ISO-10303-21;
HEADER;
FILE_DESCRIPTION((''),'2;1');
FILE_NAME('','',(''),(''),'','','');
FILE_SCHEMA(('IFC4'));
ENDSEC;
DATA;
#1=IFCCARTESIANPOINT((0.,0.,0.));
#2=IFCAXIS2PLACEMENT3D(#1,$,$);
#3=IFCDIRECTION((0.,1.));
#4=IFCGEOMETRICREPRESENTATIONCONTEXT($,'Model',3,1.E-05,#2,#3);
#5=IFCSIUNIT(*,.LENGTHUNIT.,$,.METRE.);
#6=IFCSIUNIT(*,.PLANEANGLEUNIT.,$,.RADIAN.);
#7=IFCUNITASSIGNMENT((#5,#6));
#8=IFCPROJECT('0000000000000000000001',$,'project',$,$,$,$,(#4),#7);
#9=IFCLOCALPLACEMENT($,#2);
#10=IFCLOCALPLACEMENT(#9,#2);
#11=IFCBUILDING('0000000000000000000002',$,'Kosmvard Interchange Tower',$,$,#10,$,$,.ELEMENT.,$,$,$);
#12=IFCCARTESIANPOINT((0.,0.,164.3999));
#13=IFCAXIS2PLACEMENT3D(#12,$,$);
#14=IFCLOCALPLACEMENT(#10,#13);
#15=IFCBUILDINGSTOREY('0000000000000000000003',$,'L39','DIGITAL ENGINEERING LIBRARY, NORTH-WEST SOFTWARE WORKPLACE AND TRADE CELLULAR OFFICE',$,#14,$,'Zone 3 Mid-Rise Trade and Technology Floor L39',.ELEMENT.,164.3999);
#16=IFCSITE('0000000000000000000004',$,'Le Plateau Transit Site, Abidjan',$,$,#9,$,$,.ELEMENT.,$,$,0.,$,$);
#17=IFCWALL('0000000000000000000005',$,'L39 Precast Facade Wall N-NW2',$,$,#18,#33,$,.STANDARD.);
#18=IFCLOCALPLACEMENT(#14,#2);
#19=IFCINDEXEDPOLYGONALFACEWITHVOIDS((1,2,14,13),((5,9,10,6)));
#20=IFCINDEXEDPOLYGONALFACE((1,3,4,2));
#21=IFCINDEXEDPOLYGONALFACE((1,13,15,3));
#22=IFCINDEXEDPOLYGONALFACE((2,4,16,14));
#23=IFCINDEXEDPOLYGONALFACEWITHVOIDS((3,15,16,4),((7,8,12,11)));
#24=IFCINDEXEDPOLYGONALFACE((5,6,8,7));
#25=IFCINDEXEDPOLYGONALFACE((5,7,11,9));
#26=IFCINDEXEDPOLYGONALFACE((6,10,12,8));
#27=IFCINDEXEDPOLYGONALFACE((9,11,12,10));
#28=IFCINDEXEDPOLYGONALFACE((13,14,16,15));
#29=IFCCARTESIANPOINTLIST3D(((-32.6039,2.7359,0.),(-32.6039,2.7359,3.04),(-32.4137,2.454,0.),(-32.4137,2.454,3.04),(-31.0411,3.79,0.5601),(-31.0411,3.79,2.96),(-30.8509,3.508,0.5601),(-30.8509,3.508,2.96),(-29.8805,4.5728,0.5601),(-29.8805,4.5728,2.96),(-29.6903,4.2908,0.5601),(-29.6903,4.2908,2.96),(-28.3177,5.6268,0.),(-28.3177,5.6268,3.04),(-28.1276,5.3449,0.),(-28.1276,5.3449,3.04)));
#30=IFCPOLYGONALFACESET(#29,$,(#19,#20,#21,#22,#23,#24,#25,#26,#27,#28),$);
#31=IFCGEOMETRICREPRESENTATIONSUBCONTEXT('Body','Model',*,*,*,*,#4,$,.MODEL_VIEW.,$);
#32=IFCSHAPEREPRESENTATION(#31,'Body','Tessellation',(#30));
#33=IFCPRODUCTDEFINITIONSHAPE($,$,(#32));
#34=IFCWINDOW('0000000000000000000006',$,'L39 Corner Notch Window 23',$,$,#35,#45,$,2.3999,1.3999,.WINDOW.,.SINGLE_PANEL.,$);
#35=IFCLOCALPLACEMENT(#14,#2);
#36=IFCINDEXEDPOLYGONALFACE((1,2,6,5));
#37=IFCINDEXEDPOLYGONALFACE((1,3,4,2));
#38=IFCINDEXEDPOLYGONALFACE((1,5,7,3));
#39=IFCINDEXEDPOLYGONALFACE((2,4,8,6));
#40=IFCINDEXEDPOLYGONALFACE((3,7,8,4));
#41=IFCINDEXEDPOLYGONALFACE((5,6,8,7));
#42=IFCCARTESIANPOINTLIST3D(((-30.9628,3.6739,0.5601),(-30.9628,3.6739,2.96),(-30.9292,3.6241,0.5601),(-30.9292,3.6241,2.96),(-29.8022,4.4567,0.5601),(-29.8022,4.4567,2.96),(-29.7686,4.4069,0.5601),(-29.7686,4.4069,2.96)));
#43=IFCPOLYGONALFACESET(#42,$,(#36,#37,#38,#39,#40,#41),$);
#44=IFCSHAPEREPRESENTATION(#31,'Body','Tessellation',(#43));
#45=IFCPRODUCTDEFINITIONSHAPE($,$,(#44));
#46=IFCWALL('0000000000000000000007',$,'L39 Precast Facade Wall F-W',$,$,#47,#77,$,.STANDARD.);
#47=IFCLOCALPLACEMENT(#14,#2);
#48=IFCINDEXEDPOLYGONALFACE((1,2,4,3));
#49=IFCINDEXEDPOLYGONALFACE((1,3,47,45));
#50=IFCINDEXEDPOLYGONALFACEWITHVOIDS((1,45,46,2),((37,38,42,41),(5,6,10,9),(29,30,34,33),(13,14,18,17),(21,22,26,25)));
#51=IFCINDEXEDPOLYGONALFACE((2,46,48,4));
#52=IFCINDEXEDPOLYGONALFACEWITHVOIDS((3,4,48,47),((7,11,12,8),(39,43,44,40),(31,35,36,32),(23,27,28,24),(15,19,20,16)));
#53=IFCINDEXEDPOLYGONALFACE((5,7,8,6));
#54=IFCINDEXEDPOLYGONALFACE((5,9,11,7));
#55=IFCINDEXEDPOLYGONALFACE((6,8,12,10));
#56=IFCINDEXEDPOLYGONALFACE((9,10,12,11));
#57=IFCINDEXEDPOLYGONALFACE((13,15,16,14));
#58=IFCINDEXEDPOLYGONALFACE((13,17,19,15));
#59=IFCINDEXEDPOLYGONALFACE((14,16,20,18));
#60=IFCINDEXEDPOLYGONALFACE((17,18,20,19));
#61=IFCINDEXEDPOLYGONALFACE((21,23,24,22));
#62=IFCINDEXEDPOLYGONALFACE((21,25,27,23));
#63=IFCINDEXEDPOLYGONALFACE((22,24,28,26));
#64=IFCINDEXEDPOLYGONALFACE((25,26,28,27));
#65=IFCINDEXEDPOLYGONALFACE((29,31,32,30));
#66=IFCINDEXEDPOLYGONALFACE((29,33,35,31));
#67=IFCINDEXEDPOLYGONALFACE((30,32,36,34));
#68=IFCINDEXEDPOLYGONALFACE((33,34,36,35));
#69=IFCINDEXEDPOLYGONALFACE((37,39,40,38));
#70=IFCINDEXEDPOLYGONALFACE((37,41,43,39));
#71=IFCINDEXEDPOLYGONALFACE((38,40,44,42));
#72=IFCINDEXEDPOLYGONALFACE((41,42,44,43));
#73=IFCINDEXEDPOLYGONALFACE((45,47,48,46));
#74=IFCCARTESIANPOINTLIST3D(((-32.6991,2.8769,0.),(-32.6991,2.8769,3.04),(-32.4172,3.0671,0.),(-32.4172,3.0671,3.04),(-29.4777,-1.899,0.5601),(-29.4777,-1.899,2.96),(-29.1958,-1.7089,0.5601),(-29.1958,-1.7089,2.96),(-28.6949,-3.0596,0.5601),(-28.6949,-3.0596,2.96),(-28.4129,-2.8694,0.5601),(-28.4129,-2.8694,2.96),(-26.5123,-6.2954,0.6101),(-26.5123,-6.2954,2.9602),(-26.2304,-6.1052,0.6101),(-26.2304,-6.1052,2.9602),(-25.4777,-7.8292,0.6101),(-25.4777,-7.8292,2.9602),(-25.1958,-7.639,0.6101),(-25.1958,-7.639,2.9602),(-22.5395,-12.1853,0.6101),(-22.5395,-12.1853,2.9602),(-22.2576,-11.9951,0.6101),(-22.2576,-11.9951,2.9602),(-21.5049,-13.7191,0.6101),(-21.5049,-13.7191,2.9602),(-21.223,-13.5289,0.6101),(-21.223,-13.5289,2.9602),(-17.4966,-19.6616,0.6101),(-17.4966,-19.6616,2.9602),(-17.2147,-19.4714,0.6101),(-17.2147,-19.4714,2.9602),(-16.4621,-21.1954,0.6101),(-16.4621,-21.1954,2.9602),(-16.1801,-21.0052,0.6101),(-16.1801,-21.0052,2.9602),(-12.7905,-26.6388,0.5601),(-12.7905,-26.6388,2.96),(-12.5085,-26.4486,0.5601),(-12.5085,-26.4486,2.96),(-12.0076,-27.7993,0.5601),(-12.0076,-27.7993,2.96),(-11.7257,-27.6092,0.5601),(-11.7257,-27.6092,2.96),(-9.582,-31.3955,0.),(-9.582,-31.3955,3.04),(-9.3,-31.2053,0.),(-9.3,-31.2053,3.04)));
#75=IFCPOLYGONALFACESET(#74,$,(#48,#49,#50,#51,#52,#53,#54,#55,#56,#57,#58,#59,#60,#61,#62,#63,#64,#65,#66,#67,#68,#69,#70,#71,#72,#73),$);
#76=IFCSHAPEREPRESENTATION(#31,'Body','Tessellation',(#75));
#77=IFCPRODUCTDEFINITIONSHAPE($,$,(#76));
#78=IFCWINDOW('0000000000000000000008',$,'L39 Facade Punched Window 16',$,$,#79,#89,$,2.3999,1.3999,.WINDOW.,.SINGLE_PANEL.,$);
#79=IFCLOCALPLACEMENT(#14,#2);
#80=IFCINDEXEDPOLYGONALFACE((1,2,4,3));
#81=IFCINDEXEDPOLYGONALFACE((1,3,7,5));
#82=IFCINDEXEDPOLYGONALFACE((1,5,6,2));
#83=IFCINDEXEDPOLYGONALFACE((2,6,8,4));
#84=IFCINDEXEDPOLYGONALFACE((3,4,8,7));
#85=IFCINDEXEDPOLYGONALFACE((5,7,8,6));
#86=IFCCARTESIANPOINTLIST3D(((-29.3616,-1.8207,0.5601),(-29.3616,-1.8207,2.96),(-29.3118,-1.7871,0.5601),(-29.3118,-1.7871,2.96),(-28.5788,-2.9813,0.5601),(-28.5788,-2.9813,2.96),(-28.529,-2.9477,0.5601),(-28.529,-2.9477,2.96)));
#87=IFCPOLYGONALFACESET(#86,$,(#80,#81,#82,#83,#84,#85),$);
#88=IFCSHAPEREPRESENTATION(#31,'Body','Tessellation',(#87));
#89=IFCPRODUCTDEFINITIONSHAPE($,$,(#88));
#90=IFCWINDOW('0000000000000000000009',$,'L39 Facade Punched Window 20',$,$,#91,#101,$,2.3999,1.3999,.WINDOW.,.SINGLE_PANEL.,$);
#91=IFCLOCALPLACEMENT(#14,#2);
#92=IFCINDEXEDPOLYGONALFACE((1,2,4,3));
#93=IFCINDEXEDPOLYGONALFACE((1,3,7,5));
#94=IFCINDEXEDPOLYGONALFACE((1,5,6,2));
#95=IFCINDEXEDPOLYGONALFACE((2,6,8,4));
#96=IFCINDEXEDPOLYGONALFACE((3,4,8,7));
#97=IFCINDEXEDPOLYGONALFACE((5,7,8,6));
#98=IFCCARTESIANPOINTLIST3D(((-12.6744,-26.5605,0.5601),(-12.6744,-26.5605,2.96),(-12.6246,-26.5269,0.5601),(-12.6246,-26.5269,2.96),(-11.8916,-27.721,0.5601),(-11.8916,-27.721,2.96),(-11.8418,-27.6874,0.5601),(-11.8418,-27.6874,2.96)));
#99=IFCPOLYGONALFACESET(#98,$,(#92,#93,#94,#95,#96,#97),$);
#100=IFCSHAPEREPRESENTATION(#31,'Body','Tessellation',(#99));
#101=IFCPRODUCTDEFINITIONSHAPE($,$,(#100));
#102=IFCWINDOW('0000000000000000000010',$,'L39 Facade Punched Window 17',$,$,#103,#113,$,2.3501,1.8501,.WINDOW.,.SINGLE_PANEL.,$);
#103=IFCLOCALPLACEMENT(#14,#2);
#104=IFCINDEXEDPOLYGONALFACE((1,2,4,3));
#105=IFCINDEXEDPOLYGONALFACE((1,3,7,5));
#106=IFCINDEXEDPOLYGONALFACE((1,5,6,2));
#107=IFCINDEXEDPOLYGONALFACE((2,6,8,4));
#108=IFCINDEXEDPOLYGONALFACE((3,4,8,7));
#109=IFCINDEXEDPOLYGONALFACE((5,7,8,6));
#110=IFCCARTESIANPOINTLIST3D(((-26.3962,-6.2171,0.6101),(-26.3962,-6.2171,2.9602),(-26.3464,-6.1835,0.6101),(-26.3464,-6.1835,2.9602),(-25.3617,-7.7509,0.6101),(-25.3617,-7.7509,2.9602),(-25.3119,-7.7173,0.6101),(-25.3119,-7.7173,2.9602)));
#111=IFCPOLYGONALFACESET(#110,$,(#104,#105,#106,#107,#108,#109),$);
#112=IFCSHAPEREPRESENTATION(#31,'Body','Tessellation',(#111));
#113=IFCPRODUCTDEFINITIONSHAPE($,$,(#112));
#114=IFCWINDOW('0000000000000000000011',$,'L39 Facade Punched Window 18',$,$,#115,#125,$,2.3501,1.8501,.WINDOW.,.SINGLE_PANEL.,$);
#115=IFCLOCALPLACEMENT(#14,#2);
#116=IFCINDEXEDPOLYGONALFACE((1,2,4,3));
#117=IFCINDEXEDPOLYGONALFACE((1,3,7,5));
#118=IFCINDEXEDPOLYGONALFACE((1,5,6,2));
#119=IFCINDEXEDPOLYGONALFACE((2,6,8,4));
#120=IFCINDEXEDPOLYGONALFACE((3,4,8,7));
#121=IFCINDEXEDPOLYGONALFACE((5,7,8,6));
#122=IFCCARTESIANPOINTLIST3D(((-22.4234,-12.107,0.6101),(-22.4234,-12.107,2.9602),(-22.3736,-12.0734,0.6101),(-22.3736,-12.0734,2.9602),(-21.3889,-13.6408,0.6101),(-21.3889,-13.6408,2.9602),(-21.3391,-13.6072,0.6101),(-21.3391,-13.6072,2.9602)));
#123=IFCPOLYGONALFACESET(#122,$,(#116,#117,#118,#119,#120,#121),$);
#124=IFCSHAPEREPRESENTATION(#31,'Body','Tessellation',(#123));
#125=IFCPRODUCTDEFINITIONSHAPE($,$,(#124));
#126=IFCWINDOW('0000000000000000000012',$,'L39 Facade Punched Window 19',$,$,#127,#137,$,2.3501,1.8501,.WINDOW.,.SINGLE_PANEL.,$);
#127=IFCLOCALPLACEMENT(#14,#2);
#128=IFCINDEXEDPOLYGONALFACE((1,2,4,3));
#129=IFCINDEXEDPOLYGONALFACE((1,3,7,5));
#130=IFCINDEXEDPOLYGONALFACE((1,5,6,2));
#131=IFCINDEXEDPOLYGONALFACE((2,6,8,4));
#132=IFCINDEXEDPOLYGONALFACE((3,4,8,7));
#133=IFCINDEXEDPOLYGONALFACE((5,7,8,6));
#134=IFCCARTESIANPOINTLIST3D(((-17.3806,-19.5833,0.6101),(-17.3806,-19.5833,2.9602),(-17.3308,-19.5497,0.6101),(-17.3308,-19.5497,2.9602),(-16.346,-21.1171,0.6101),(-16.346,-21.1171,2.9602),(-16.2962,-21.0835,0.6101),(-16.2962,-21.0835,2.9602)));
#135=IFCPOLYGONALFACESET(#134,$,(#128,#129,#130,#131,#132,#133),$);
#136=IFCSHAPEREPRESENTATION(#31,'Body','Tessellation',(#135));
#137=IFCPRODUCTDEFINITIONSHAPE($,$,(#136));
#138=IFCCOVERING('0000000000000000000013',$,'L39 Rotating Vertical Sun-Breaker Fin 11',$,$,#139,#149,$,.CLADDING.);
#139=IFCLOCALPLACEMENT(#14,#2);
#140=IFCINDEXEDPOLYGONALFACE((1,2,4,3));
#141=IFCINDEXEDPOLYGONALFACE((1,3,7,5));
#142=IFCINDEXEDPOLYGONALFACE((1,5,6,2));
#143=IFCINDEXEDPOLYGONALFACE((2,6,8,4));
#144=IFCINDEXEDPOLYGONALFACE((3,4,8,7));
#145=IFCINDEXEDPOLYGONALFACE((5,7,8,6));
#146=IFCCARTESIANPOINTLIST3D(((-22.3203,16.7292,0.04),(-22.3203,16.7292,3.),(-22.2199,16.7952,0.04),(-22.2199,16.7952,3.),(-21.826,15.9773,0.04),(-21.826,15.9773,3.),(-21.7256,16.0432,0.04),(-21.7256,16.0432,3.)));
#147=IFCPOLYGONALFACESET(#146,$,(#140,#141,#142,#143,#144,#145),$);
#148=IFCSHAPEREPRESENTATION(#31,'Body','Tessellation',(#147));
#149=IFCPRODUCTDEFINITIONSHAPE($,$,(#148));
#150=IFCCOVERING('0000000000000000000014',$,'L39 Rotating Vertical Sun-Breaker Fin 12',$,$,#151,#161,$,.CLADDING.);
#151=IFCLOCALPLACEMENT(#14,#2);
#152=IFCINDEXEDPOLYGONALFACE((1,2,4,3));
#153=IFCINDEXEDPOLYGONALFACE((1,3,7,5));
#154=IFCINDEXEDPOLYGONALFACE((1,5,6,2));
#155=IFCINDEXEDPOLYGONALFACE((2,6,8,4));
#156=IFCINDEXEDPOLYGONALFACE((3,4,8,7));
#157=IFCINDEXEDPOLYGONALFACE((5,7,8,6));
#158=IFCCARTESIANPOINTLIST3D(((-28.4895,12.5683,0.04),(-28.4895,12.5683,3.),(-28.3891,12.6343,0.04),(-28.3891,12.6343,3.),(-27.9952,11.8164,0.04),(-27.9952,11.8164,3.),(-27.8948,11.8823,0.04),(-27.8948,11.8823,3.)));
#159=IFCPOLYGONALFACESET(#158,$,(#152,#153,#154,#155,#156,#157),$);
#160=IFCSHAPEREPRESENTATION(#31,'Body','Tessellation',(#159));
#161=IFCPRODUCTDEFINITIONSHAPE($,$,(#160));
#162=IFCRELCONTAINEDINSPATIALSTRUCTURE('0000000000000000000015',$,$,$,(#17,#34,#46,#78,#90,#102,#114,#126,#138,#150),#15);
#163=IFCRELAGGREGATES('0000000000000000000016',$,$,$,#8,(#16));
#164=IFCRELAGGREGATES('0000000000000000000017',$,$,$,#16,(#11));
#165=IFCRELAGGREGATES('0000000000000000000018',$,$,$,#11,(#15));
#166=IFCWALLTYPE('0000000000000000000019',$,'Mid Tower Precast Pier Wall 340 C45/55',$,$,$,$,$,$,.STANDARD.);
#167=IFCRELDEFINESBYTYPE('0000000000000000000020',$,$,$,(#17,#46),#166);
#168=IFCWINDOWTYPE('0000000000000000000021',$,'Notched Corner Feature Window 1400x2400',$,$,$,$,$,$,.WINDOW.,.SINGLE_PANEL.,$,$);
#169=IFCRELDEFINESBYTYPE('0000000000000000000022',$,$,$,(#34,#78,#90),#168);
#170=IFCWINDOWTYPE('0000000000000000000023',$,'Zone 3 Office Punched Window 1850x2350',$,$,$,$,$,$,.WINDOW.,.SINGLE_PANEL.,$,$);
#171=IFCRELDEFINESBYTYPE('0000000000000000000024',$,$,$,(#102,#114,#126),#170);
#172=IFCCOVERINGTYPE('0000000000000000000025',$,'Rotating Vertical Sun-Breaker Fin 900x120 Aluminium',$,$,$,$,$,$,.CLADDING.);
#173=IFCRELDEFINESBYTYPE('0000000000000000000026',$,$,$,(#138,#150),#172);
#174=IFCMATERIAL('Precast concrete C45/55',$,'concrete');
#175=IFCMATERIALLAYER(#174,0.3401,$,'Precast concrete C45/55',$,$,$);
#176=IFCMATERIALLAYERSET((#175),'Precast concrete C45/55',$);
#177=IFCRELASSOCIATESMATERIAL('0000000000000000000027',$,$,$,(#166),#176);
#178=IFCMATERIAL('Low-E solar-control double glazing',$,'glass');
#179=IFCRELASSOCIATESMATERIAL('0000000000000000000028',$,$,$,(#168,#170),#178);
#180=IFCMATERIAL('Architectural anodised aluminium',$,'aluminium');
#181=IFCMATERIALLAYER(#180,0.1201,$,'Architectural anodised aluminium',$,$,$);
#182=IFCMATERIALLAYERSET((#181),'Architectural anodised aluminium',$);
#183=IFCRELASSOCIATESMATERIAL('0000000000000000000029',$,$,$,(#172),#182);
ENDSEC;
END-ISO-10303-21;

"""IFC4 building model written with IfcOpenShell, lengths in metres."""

from ifc_helpers import new_model, si_unit, direction, frame, frame_2d, origin, origin_2d, place, context, subcontext, project, spatial, rectangle, extrude, source, transform, mapped, material, layer, layer_set, type_object, element, fill, save


model = new_model("IFC4")

# Units and contexts
model_context = context("Model", 3, precision=1e-05, world=origin(), true_north=direction((0.0, 1.0)))
body_context = subcontext(model_context, "Body", "Model", "MODEL_VIEW")
ifc_project = project(units=[si_unit("LENGTHUNIT", "METRE"), si_unit("PLANEANGLEUNIT", "RADIAN")], contexts=[model_context])

# Site, building, storey
site_placement = place(None, origin())
site = spatial("IfcSite", under=ifc_project, at=site_placement, Name="Le Plateau Transit Site, Abidjan", CompositionType="ELEMENT", RefElevation=0.0)
building_placement = place(site_placement, origin())
building = spatial("IfcBuilding", under=site, at=building_placement, Name="Kosmvard Interchange Tower", CompositionType="ELEMENT")
storey_placement = place(building_placement, frame((0.0, 0.0, 164.3999)))
storey = spatial("IfcBuildingStorey", under=building, at=storey_placement, Name="L39", Description="DIGITAL ENGINEERING LIBRARY, NORTH-WEST SOFTWARE WORKPLACE AND TRADE CELLULAR OFFICE", LongName="Zone 3 Mid-Rise Trade and Technology Floor L39", CompositionType="ELEMENT", Elevation=164.3999)

# Shared definitions
ifc_material_1 = material(Name="Precast concrete C45/55", Category="concrete")

# Shared definitions
ifc_layer_1 = layer(ifc_material_1, 0.3401, Name="Precast concrete C45/55")
ifc_layer_set_1 = layer_set([ifc_layer_1], Name="Precast concrete C45/55")
wall_type_1 = type_object("IfcWallType", Name="Mid Tower Precast Pier Wall 340 C45/55", PredefinedType="STANDARD", material=ifc_layer_set_1)

# Wall, opening, window
wall_1_placement = place(storey_placement, frame((-28.2227, 5.4858, 0.0), z_axis=(0.0, 0.0, 1.0), x_axis=(-0.829052, -0.559171, 0.0)))
wall_1 = element("IfcWall", 1, at=wall_1_placement, inside=storey, type_object=wall_type_1, Name="L39 Precast Facade Wall N-NW2", PredefinedType="STANDARD", context=body_context, shape_type="SweptSolid", body=[
    extrude(rectangle(XDim=5.1699, YDim=0.3401, at=frame_2d((2.585, 0.0))), origin(), (0.0, 0.0, 1.0), 3.04),
])
opening_1_placement = place(wall_1_placement, frame((1.885, 0.0, 0.5601)))
opening_1 = element("IfcOpeningElement", 2, at=opening_1_placement, cuts=wall_1, PredefinedType="OPENING", context=body_context, shape_type="SweptSolid", body=[
    extrude(rectangle(XDim=1.3999, YDim=2.3999, at=frame_2d((0.7, 1.2))), frame((0.0, 0.1802, 0.0), z_axis=(0.0, -1.0, 0.0), x_axis=(1.0, 0.0, 0.0)), (0.0, 0.0, 1.0), 0.3601),
])
ifc_material_2 = material(Name="Low-E solar-control double glazing", Category="glass")
window_type_1 = type_object("IfcWindowType", Name="Notched Corner Feature Window 1400x2400", PartitioningType="SINGLE_PANEL", PredefinedType="WINDOW", material=ifc_material_2)
shared_shape_1 = source(origin(), body_context, "Body", "SweptSolid", [
    extrude(rectangle(XDim=1.3999, YDim=2.3999, at=frame_2d((0.7, 1.2))), frame((0.0, 0.03, 0.0), z_axis=(0.0, -1.0, 0.0), x_axis=(1.0, 0.0, 0.0)), (0.0, 0.0, 1.0), 0.0601),
])
window_1_placement = place(opening_1_placement, origin())
window_1 = element("IfcWindow", 3, at=window_1_placement, inside=storey, type_object=window_type_1, Name="L39 Corner Notch Window 23", OverallHeight=2.3999, OverallWidth=1.3999, PartitioningType="SINGLE_PANEL", PredefinedType="WINDOW", context=body_context, shape_type="MappedRepresentation", body=[
    mapped(shared_shape_1, transform((0.0, 0.0, 0.0), scale=1.0)),
])
fill(opening_1, window_1)

# Wall, openings, windows
wall_2_placement = place(storey_placement, frame((-32.5581, 2.9719, 0.0), z_axis=(0.0, 0.0, 1.0), x_axis=(0.559195, -0.829036, 0.0)))
wall_2 = element("IfcWall", 4, at=wall_2_placement, inside=storey, type_object=wall_type_1, Name="L39 Precast Facade Wall F-W", PredefinedType="STANDARD", context=body_context, shape_type="SweptSolid", body=[
    extrude(rectangle(XDim=41.3401, YDim=0.3401, at=frame_2d((20.6699, 0.0))), origin(), (0.0, 0.0, 1.0), 3.04),
])
opening_2_placement = place(wall_2_placement, frame((5.7607, 0.0, 0.5601)))
opening_2 = element("IfcOpeningElement", 5, at=opening_2_placement, cuts=wall_2, PredefinedType="OPENING", context=body_context, shape_type="SweptSolid", body=[
    extrude(rectangle(XDim=1.3999, YDim=2.3999, at=frame_2d((0.7, 1.2))), frame((0.0, 0.1802, 0.0), z_axis=(0.0, -1.0, 0.0), x_axis=(1.0, 0.0, 0.0)), (0.0, 0.0, 1.0), 0.3601),
])
opening_3_placement = place(wall_2_placement, frame((11.0637, 0.0, 0.6101)))
opening_3 = element("IfcOpeningElement", 6, at=opening_3_placement, cuts=wall_2, PredefinedType="OPENING", context=body_context, shape_type="SweptSolid", body=[
    extrude(rectangle(XDim=1.8501, YDim=2.3501, at=frame_2d((0.925, 1.175))), frame((0.0, 0.1802, 0.0), z_axis=(0.0, -1.0, 0.0), x_axis=(1.0, 0.0, 0.0)), (0.0, 0.0, 1.0), 0.3601),
])
opening_4_placement = place(wall_2_placement, frame((18.1682, 0.0, 0.6101)))
opening_4 = element("IfcOpeningElement", 7, at=opening_4_placement, cuts=wall_2, PredefinedType="OPENING", context=body_context, shape_type="SweptSolid", body=[
    extrude(rectangle(XDim=1.8501, YDim=2.3501, at=frame_2d((0.925, 1.175))), frame((0.0, 0.1802, 0.0), z_axis=(0.0, -1.0, 0.0), x_axis=(1.0, 0.0, 0.0)), (0.0, 0.0, 1.0), 0.3601),
])
opening_5_placement = place(wall_2_placement, frame((27.1863, 0.0, 0.6101)))
opening_5 = element("IfcOpeningElement", 8, at=opening_5_placement, cuts=wall_2, PredefinedType="OPENING", context=body_context, shape_type="SweptSolid", body=[
    extrude(rectangle(XDim=1.8501, YDim=2.3501, at=frame_2d((0.925, 1.175))), frame((0.0, 0.1802, 0.0), z_axis=(0.0, -1.0, 0.0), x_axis=(1.0, 0.0, 0.0)), (0.0, 0.0, 1.0), 0.3601),
])
opening_6_placement = place(wall_2_placement, frame((35.6023, 0.0, 0.5601)))
opening_6 = element("IfcOpeningElement", 9, at=opening_6_placement, cuts=wall_2, PredefinedType="OPENING", context=body_context, shape_type="SweptSolid", body=[
    extrude(rectangle(XDim=1.3999, YDim=2.3999, at=frame_2d((0.7, 1.2))), frame((0.0, 0.1802, 0.0), z_axis=(0.0, -1.0, 0.0), x_axis=(1.0, 0.0, 0.0)), (0.0, 0.0, 1.0), 0.3601),
])
window_2_placement = place(opening_2_placement, origin())
window_2 = element("IfcWindow", 10, at=window_2_placement, inside=storey, type_object=window_type_1, Name="L39 Facade Punched Window 16", OverallHeight=2.3999, OverallWidth=1.3999, PartitioningType="SINGLE_PANEL", PredefinedType="WINDOW", context=body_context, shape_type="MappedRepresentation", body=[
    mapped(shared_shape_1, transform((0.0, 0.0, 0.0), scale=1.0)),
])
fill(opening_2, window_2)
window_3_placement = place(opening_6_placement, origin())
window_3 = element("IfcWindow", 11, at=window_3_placement, inside=storey, type_object=window_type_1, Name="L39 Facade Punched Window 20", OverallHeight=2.3999, OverallWidth=1.3999, PartitioningType="SINGLE_PANEL", PredefinedType="WINDOW", context=body_context, shape_type="MappedRepresentation", body=[
    mapped(shared_shape_1, transform((0.0, 0.0, 0.0), scale=1.0)),
])
fill(opening_6, window_3)
window_type_2 = type_object("IfcWindowType", Name="Zone 3 Office Punched Window 1850x2350", PartitioningType="SINGLE_PANEL", PredefinedType="WINDOW", material=ifc_material_2)
shared_shape_2 = source(origin(), body_context, "Body", "SweptSolid", [
    extrude(rectangle(XDim=1.8501, YDim=2.3501, at=frame_2d((0.925, 1.175))), frame((0.0, 0.03, 0.0), z_axis=(0.0, -1.0, 0.0), x_axis=(1.0, 0.0, 0.0)), (0.0, 0.0, 1.0), 0.0601),
])
window_4_placement = place(opening_3_placement, origin())
window_4 = element("IfcWindow", 12, at=window_4_placement, inside=storey, type_object=window_type_2, Name="L39 Facade Punched Window 17", OverallHeight=2.3501, OverallWidth=1.8501, PartitioningType="SINGLE_PANEL", PredefinedType="WINDOW", context=body_context, shape_type="MappedRepresentation", body=[
    mapped(shared_shape_2, transform((0.0, 0.0, 0.0), scale=1.0)),
])
fill(opening_3, window_4)
window_5_placement = place(opening_4_placement, origin())
window_5 = element("IfcWindow", 13, at=window_5_placement, inside=storey, type_object=window_type_2, Name="L39 Facade Punched Window 18", OverallHeight=2.3501, OverallWidth=1.8501, PartitioningType="SINGLE_PANEL", PredefinedType="WINDOW", context=body_context, shape_type="MappedRepresentation", body=[
    mapped(shared_shape_2, transform((0.0, 0.0, 0.0), scale=1.0)),
])
fill(opening_4, window_5)
window_6_placement = place(opening_5_placement, origin())
window_6 = element("IfcWindow", 14, at=window_6_placement, inside=storey, type_object=window_type_2, Name="L39 Facade Punched Window 19", OverallHeight=2.3501, OverallWidth=1.8501, PartitioningType="SINGLE_PANEL", PredefinedType="WINDOW", context=body_context, shape_type="MappedRepresentation", body=[
    mapped(shared_shape_2, transform((0.0, 0.0, 0.0), scale=1.0)),
])
fill(opening_5, window_6)

# Coverings
ifc_material_3 = material(Name="Architectural anodised aluminium", Category="aluminium")
ifc_layer_2 = layer(ifc_material_3, 0.1201, Name="Architectural anodised aluminium")
ifc_layer_set_2 = layer_set([ifc_layer_2], Name="Architectural anodised aluminium")
covering_type = type_object("IfcCoveringType", Name="Rotating Vertical Sun-Breaker Fin 900x120 Aluminium", PredefinedType="CLADDING", material=ifc_layer_set_2)
shared_shape_3 = source(origin(), body_context, "Body", "SweptSolid", [
    extrude(rectangle(XDim=0.8999, YDim=0.1201, at=origin_2d()), origin(), (0.0, 0.0, 1.0), 2.96),
])
for number, where, z_axis, x_axis, name in (
    (15, (-22.0229, 16.3862, 0.04), (0.0, 0.0, 1.0), (-0.549315, 0.835616, 0.0), "L39 Rotating Vertical Sun-Breaker Fin 11"),
    (16, (-28.1921, 12.2253, 0.04), (0.0, 0.0, 1.0), (-0.549315, 0.835616, 0.0), "L39 Rotating Vertical Sun-Breaker Fin 12"),
):
    element("IfcCovering", number, at=place(storey_placement, frame(where, z_axis=z_axis, x_axis=x_axis)), inside=storey, type_object=covering_type, Name=name, PredefinedType="CLADDING", context=body_context, shape_type="MappedRepresentation", body=[
        mapped(shared_shape_3, transform((0.0, 0.0, 0.0), scale=1.0)),
    ])

save(model, "model.ifc")
